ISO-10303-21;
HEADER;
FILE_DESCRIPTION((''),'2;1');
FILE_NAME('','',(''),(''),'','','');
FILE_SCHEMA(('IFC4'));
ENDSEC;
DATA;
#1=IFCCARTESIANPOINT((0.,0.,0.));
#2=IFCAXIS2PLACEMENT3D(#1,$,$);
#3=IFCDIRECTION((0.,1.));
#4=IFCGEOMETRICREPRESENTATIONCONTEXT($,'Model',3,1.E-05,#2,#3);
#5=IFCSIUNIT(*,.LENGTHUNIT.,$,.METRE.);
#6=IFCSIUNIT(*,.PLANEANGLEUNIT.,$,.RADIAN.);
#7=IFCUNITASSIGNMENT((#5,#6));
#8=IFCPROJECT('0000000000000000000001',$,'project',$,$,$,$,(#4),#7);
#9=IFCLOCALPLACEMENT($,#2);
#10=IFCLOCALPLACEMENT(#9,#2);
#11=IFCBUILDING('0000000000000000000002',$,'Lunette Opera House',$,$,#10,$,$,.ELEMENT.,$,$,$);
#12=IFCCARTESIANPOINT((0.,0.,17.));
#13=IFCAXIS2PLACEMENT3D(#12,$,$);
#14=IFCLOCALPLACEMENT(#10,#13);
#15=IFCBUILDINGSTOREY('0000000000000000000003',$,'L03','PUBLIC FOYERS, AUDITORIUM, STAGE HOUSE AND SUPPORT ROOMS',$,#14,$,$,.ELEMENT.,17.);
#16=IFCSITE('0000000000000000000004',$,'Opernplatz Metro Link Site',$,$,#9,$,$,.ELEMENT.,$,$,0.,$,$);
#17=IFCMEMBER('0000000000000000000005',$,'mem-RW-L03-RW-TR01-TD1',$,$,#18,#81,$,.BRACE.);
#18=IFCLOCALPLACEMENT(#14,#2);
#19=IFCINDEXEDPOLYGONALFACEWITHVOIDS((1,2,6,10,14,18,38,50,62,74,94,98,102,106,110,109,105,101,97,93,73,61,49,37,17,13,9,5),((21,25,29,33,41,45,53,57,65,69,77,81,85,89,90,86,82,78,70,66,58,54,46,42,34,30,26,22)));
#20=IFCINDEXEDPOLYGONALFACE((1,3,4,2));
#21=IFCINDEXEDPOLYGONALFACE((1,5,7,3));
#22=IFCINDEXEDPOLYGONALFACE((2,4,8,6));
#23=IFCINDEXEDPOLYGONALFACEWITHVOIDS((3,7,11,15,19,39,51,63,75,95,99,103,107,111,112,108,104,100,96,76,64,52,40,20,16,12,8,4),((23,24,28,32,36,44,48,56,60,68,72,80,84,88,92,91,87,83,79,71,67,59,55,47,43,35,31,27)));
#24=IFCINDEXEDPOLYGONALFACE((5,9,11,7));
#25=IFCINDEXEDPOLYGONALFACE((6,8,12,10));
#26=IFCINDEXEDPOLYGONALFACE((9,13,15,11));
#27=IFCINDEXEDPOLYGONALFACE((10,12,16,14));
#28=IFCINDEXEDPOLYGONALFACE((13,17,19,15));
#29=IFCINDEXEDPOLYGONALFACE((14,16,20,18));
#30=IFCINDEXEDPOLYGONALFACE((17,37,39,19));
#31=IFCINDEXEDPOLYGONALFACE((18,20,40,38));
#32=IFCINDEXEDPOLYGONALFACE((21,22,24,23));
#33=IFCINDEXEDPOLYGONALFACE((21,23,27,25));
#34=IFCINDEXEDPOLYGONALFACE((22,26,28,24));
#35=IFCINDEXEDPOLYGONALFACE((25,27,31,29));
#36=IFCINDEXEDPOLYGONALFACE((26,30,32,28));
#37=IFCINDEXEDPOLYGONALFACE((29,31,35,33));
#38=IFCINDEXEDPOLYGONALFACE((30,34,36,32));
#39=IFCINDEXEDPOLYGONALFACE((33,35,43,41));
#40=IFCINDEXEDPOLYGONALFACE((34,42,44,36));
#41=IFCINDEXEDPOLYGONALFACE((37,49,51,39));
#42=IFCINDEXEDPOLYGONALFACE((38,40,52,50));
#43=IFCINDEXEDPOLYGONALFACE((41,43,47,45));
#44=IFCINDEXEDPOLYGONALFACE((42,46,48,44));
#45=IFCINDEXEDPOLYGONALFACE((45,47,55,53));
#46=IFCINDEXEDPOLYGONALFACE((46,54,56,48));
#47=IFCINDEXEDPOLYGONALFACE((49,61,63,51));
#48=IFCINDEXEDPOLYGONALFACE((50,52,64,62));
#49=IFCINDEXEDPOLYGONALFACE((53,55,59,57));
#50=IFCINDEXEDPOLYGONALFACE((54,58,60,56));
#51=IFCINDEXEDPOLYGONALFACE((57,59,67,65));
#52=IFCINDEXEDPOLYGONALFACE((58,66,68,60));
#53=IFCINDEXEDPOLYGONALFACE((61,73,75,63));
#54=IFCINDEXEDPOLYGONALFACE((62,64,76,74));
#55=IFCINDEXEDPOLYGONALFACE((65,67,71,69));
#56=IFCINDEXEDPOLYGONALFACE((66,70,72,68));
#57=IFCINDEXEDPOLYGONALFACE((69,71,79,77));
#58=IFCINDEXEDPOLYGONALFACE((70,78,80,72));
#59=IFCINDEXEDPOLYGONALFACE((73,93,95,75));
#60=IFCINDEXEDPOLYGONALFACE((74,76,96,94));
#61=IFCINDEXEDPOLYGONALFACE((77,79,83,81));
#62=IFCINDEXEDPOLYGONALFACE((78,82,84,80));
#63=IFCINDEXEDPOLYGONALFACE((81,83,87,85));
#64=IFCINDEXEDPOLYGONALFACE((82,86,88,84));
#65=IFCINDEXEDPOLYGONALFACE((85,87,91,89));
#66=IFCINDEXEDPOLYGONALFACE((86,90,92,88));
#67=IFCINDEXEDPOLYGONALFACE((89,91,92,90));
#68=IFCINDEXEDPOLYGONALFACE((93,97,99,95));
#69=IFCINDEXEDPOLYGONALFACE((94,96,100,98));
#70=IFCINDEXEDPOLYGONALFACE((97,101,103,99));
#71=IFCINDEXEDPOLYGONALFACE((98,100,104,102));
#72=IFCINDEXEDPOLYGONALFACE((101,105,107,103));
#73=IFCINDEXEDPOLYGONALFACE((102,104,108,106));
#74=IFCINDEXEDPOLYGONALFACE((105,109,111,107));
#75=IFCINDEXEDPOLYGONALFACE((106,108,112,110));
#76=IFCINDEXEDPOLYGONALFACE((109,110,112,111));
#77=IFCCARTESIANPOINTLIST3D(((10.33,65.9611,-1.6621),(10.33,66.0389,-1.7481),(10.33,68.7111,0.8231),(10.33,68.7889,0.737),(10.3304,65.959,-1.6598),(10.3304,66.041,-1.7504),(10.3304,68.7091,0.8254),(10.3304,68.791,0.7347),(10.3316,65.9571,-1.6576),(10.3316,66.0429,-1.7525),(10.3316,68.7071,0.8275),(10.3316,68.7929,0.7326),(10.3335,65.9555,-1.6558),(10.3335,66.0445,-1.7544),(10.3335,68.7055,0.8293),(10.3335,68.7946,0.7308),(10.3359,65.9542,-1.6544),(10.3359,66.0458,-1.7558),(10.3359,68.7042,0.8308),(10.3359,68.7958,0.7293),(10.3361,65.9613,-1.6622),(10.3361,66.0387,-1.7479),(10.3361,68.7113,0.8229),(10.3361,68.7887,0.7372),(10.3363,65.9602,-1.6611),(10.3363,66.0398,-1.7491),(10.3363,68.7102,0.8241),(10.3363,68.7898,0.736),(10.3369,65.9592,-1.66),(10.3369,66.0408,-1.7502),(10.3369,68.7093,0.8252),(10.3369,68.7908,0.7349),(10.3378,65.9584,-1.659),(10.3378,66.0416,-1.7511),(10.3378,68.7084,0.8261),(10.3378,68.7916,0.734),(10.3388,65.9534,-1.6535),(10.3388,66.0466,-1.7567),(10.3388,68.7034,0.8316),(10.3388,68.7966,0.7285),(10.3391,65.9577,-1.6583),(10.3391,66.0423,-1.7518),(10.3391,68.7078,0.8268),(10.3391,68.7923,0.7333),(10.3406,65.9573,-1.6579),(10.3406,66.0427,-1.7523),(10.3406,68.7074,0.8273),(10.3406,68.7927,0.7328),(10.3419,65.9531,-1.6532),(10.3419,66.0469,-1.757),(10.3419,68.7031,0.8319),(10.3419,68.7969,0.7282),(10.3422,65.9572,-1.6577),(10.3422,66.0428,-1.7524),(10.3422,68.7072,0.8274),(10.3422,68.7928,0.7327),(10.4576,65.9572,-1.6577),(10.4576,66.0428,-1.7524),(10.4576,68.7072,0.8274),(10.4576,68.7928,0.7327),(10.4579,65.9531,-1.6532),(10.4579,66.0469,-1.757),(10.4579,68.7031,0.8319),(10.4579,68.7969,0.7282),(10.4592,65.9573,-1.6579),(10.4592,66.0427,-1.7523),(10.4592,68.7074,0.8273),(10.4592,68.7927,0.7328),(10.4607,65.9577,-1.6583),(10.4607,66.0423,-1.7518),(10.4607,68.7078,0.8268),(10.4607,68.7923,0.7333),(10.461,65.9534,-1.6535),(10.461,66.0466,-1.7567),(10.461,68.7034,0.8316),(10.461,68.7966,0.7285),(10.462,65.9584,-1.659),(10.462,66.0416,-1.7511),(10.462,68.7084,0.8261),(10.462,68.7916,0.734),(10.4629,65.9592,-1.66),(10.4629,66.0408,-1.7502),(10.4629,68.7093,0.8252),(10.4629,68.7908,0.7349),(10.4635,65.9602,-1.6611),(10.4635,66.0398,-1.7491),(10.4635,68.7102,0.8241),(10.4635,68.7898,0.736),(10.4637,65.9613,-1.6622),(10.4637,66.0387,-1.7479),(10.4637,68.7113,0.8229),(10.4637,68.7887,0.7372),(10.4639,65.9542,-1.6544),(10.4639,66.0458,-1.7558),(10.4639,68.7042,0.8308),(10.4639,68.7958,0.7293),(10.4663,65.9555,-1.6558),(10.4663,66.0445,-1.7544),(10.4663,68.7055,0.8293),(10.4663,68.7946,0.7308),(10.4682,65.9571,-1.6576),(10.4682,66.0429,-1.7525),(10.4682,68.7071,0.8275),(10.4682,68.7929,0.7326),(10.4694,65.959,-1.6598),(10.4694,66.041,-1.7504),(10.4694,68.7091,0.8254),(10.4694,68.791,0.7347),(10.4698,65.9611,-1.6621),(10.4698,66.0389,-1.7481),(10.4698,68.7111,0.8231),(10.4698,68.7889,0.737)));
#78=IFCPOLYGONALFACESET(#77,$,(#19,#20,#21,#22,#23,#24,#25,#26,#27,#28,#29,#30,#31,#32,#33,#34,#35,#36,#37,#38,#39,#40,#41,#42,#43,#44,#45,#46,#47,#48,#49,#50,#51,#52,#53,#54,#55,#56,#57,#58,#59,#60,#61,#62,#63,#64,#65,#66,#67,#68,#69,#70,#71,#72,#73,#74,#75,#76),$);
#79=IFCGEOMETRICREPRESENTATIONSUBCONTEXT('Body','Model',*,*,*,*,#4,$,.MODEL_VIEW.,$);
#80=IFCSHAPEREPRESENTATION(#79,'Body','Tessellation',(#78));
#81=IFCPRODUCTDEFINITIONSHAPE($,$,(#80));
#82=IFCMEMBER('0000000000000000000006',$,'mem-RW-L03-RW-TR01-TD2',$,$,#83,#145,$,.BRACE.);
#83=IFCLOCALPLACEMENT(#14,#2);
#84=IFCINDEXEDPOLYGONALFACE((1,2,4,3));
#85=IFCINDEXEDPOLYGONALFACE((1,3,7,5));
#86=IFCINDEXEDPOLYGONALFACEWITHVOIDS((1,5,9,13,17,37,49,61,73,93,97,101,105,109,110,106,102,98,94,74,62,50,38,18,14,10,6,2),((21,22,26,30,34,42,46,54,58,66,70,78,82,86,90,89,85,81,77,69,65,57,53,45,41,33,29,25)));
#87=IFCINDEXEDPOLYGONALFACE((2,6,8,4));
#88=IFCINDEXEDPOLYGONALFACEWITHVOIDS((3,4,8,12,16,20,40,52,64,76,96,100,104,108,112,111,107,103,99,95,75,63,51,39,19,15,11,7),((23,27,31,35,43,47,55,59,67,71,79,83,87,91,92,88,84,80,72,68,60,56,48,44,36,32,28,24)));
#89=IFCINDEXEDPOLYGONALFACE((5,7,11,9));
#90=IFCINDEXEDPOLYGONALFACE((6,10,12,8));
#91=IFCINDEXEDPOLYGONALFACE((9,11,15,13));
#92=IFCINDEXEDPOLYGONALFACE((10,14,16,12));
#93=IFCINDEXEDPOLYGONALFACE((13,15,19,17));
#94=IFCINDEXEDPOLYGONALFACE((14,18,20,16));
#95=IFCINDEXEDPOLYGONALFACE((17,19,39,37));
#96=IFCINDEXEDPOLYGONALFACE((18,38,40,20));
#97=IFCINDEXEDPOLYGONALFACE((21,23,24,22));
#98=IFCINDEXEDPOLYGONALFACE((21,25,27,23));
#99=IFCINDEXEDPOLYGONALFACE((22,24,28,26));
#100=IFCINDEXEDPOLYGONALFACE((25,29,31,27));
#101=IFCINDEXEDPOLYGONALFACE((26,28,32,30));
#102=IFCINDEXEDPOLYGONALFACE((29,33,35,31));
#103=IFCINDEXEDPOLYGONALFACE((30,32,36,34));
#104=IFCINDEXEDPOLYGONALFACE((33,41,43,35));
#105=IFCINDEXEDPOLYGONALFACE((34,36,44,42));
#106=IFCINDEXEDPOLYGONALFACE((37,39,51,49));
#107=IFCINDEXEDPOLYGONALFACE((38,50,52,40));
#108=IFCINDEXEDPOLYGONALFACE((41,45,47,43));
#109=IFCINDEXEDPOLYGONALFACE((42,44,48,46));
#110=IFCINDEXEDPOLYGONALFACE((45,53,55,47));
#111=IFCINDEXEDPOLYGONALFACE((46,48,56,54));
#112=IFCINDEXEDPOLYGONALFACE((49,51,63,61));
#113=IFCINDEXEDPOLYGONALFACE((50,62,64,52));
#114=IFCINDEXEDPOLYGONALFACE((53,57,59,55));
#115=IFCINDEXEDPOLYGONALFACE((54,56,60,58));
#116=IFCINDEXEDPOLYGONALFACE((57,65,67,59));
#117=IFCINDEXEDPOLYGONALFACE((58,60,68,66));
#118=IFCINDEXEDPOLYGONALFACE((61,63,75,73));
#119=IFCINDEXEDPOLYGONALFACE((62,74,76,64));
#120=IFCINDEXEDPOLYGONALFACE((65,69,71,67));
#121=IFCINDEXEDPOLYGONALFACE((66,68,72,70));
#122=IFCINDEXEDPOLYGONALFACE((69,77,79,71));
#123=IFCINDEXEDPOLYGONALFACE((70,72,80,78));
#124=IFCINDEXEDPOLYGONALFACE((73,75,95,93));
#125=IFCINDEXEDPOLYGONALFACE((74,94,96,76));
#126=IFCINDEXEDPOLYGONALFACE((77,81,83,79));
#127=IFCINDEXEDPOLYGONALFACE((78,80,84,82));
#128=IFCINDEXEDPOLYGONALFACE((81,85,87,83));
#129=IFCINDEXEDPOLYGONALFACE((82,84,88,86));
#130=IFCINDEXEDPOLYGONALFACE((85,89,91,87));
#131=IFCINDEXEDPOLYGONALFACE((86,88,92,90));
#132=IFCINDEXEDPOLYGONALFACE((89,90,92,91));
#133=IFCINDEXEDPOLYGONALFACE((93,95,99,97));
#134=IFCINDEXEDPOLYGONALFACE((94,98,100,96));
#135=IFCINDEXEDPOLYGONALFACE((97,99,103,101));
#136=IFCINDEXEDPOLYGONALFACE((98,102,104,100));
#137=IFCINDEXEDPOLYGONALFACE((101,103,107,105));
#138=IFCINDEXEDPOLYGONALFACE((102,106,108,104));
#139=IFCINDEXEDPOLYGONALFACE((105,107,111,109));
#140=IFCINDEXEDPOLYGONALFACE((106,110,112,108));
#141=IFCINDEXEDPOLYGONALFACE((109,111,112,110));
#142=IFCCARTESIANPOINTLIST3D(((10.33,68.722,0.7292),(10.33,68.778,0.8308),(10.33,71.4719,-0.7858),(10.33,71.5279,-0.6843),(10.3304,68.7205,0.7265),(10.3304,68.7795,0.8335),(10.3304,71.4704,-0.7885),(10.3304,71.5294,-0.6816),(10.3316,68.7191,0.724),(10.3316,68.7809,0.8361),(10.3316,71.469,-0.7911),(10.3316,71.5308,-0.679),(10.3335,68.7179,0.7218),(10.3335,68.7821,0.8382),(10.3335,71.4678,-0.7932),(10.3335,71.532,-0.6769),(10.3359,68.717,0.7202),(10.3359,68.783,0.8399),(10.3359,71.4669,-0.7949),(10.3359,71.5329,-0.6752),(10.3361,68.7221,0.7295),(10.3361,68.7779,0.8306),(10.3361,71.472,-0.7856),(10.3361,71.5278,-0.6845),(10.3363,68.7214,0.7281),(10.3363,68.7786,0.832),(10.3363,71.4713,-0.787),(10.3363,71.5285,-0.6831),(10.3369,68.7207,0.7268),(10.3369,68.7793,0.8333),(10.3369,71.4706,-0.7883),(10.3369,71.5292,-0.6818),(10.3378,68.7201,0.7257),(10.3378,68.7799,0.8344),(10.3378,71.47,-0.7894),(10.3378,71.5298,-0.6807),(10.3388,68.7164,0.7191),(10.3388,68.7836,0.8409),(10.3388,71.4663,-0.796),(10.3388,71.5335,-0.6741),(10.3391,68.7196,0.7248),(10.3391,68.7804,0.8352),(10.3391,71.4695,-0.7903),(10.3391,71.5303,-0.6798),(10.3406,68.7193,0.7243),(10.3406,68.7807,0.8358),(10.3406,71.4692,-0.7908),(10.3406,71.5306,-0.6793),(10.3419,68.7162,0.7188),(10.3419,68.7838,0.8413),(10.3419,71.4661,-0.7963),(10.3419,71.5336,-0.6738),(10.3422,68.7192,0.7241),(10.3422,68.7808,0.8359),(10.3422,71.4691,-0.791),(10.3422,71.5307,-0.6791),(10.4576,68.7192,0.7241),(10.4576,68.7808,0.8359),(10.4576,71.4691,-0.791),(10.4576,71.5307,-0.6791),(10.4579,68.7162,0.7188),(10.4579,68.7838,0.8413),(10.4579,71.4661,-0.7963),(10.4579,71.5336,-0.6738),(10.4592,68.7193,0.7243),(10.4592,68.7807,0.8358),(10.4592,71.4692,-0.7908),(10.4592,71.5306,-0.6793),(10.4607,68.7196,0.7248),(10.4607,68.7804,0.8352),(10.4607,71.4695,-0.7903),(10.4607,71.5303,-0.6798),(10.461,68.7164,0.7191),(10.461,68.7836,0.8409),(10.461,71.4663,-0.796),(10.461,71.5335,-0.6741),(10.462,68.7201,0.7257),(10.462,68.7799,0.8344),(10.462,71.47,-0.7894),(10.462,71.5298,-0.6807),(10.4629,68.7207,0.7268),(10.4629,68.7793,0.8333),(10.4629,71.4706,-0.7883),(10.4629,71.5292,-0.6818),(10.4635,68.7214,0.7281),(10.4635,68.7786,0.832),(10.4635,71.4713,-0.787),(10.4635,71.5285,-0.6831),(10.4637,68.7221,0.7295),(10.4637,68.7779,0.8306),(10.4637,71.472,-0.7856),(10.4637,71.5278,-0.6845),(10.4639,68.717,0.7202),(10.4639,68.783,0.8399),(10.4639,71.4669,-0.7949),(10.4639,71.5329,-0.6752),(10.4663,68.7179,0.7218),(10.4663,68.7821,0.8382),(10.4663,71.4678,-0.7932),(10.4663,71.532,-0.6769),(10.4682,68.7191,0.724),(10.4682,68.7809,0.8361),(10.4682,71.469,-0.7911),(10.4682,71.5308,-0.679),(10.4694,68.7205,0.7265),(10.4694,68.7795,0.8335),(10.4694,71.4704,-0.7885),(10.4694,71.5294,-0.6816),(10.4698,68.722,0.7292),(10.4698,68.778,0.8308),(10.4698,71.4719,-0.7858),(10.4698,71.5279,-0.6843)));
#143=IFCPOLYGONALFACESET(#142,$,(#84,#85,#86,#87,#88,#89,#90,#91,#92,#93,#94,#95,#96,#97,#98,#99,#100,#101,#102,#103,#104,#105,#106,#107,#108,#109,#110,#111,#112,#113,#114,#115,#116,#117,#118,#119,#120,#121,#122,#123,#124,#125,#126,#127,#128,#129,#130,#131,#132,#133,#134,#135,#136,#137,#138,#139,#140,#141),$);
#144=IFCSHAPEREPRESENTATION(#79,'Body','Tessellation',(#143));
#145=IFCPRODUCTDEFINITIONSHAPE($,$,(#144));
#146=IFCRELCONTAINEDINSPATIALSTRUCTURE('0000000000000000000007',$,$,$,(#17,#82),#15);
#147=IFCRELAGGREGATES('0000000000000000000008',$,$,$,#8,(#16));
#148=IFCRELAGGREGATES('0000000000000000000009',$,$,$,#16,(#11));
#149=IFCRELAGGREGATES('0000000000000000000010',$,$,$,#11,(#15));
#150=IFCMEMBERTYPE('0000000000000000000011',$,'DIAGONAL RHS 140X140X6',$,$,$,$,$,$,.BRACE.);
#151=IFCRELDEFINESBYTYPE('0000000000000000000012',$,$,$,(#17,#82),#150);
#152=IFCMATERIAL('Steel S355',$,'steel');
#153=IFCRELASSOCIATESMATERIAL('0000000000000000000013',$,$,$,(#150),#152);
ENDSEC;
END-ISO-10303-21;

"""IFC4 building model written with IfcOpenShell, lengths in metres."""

from ifc_helpers import new_model, si_unit, direction, frame, origin, origin_2d, place, context, subcontext, project, spatial, hollow_rectangle, extrude, material, material_profile, profile_set, type_object, element, save


model = new_model("IFC4")

# Units and contexts
model_context = context("Model", 3, precision=1e-05, world=origin(), true_north=direction((0.0, 1.0)))
body_context = subcontext(model_context, "Body", "Model", "MODEL_VIEW")
ifc_project = project(units=[si_unit("LENGTHUNIT", "METRE"), si_unit("PLANEANGLEUNIT", "RADIAN")], contexts=[model_context])

# Site, building, storey
site_placement = place(None, origin())
site = spatial("IfcSite", under=ifc_project, at=site_placement, Name="Opernplatz Metro Link Site", CompositionType="ELEMENT", RefElevation=0.0)
building_placement = place(site_placement, origin())
building = spatial("IfcBuilding", under=site, at=building_placement, Name="Lunette Opera House", CompositionType="ELEMENT")
storey_placement = place(building_placement, frame((0.0, 0.0, 17.0)))
storey = spatial("IfcBuildingStorey", under=building, at=storey_placement, Name="L03", Description="PUBLIC FOYERS, AUDITORIUM, STAGE HOUSE AND SUPPORT ROOMS", CompositionType="ELEMENT", Elevation=17.0)

# Members
ifc_material_1 = material(Name="Steel S355", Category="steel")
ifc_material_profile_1 = material_profile(ifc_material_1, hollow_rectangle(XDim=0.1399, YDim=0.1399, WallThickness=0.0061, InnerFilletRadius=0.0061, OuterFilletRadius=0.012, at=origin_2d()), Name="RHS 140X140X6")
ifc_profile_set_1 = profile_set([ifc_material_profile_1], Name="Steel S355")
member_type_1 = type_object("IfcMemberType", Name="DIAGONAL RHS 140X140X6", PredefinedType="BRACE", material=ifc_profile_set_1)
member_1_placement = place(storey_placement, frame((10.3999, 66.0, -1.7051), z_axis=(0.0, 0.741937, 0.67047), x_axis=(-1.0, 0.0, 0.0)))
element("IfcMember", 1, at=member_1_placement, inside=storey, type_object=member_type_1, Name="mem-RW-L03-RW-TR01-TD1", PredefinedType="BRACE", context=body_context, shape_type="SweptSolid", body=[
    extrude(hollow_rectangle(XDim=0.1399, YDim=0.1399, WallThickness=0.0061, InnerFilletRadius=0.0061, OuterFilletRadius=0.012, at=origin_2d()), origin(), (0.0, 0.0, 1.0), 3.7065),
])
member_2_placement = place(storey_placement, frame((10.3999, 68.75, 0.78), z_axis=(0.0, 0.875861, -0.482563), x_axis=(-1.0, 0.0, 0.0)))
element("IfcMember", 2, at=member_2_placement, inside=storey, type_object=member_type_1, Name="mem-RW-L03-RW-TR01-TD2", PredefinedType="BRACE", context=body_context, shape_type="SweptSolid", body=[
    extrude(hollow_rectangle(XDim=0.1399, YDim=0.1399, WallThickness=0.0061, InnerFilletRadius=0.0061, OuterFilletRadius=0.012, at=origin_2d()), origin(), (0.0, 0.0, 1.0), 3.1396),
])

save(model, "model.ifc")
